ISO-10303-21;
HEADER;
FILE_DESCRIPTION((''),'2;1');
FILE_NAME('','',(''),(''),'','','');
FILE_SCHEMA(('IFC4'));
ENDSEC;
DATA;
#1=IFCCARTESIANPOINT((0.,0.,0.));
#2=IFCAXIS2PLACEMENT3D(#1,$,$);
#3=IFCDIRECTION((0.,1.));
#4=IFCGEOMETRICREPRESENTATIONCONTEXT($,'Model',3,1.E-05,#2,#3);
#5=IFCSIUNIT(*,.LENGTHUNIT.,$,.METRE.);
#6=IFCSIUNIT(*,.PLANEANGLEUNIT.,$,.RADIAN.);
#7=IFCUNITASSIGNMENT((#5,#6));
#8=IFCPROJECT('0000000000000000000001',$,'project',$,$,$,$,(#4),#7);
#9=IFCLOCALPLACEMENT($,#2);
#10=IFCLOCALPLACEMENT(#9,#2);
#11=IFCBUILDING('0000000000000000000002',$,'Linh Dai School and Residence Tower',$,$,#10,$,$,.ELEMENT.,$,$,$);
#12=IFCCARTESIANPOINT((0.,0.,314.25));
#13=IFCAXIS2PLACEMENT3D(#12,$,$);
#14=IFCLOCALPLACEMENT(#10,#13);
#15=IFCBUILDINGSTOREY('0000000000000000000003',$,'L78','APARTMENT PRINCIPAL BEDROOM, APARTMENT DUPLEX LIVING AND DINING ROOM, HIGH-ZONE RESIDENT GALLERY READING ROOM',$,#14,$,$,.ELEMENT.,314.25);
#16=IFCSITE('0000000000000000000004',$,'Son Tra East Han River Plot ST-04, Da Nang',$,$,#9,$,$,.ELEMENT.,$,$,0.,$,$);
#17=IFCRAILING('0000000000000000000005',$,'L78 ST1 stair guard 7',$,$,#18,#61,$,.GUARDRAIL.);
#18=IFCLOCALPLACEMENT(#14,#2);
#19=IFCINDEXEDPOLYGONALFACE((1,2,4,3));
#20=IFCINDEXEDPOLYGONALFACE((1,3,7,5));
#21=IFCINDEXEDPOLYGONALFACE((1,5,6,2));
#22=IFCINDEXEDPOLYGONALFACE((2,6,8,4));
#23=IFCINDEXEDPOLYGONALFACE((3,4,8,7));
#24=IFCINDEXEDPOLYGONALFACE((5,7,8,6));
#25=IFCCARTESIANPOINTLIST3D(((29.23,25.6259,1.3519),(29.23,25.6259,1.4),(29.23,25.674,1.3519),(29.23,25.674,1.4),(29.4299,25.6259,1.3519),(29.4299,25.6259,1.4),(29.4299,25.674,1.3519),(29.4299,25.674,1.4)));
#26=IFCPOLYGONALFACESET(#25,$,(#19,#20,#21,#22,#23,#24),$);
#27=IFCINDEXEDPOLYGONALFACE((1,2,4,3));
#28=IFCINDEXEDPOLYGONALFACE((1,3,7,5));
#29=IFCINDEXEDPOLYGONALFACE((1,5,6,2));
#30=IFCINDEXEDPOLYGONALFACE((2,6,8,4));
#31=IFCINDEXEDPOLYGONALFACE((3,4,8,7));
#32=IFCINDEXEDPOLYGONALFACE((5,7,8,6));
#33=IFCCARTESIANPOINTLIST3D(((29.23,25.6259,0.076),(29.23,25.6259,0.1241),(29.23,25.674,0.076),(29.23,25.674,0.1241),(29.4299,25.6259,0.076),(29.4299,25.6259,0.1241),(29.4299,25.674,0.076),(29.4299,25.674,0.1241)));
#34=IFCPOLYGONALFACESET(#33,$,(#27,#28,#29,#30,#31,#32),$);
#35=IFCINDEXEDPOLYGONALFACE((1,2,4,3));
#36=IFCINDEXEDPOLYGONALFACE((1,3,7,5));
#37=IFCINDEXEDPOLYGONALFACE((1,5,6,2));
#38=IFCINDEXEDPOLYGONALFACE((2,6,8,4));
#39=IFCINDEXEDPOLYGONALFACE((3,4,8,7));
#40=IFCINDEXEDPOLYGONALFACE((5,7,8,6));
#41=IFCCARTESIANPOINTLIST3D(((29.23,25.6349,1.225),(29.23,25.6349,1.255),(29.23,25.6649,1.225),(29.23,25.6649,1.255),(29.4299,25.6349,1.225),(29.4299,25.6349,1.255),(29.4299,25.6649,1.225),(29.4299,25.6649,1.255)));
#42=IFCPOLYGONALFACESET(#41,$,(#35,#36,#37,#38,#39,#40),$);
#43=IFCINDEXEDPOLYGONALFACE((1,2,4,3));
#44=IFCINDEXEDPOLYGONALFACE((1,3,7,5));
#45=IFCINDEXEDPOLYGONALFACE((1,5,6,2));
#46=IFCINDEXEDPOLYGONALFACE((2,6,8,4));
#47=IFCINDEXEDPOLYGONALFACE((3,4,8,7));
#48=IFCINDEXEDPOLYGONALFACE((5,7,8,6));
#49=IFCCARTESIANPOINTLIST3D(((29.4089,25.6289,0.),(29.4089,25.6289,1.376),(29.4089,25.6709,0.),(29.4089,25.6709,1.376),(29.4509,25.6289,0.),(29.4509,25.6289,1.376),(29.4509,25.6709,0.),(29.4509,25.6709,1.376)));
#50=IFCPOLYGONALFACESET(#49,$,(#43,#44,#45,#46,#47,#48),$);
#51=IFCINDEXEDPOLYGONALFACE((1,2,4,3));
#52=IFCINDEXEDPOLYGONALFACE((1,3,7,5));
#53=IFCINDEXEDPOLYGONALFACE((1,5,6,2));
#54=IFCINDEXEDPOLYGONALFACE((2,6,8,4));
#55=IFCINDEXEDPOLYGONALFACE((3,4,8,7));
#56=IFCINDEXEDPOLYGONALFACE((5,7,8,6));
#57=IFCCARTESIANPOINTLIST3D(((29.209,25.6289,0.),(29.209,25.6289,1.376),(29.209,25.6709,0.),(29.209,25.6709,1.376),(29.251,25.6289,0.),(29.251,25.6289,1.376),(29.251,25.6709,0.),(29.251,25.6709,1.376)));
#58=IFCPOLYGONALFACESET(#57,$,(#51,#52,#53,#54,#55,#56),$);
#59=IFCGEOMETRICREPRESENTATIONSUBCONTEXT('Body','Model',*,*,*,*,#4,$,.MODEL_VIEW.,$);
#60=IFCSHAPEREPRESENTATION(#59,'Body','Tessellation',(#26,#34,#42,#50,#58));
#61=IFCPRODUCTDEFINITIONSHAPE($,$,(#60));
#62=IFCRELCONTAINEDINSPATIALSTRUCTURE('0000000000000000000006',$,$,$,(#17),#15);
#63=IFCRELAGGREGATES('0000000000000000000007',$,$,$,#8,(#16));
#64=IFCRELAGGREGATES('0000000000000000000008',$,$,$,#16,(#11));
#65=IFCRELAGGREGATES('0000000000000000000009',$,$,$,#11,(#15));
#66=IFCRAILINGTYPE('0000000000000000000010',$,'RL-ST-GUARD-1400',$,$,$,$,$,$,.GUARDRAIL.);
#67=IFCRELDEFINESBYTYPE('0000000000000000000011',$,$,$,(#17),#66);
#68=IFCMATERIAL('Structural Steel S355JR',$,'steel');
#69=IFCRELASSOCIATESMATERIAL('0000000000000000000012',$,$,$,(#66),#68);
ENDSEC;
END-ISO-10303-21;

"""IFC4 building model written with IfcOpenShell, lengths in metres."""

from ifc_helpers import new_model, si_unit, direction, frame, origin, origin_2d, place, context, subcontext, project, spatial, rectangle, extrude, source, transform, mapped, material, type_object, element, save


model = new_model("IFC4")

# Units and contexts
model_context = context("Model", 3, precision=1e-05, world=origin(), true_north=direction((0.0, 1.0)))
body_context = subcontext(model_context, "Body", "Model", "MODEL_VIEW")
ifc_project = project(units=[si_unit("LENGTHUNIT", "METRE"), si_unit("PLANEANGLEUNIT", "RADIAN")], contexts=[model_context])

# Site, building, storey
site_placement = place(None, origin())
site = spatial("IfcSite", under=ifc_project, at=site_placement, Name="Son Tra East Han River Plot ST-04, Da Nang", CompositionType="ELEMENT", RefElevation=0.0)
building_placement = place(site_placement, origin())
building = spatial("IfcBuilding", under=site, at=building_placement, Name="Linh Dai School and Residence Tower", CompositionType="ELEMENT")
storey_placement = place(building_placement, frame((0.0, 0.0, 314.25)))
storey = spatial("IfcBuildingStorey", under=building, at=storey_placement, Name="L78", Description="APARTMENT PRINCIPAL BEDROOM, APARTMENT DUPLEX LIVING AND DINING ROOM, HIGH-ZONE RESIDENT GALLERY READING ROOM", CompositionType="ELEMENT", Elevation=314.25)

# Shared definitions
ifc_material_1 = material(Name="Structural Steel S355JR", Category="steel")

# Railing
railing_type_1 = type_object("IfcRailingType", Name="RL-ST-GUARD-1400", PredefinedType="GUARDRAIL", material=ifc_material_1)
shared_shape_1 = source(origin(), body_context, "Body", "SweptSolid", [
    extrude(rectangle(XDim=0.0481, YDim=0.0481, at=origin_2d()), frame((0.0, 0.0, 1.376), z_axis=(-1.0, 0.0, 0.0), x_axis=(0.0, -1.0, 0.0)), (0.0, 0.0, 1.0), 0.2),
    extrude(rectangle(XDim=0.0481, YDim=0.0481, at=origin_2d()), frame((0.0, 0.0, 0.1001), z_axis=(-1.0, 0.0, 0.0), x_axis=(0.0, -1.0, 0.0)), (0.0, 0.0, 1.0), 0.2),
    extrude(rectangle(XDim=0.03, YDim=0.03, at=origin_2d()), frame((0.0, 0.0, 1.24), z_axis=(-1.0, 0.0, 0.0), x_axis=(0.0, -1.0, 0.0)), (0.0, 0.0, 1.0), 0.2),
    extrude(rectangle(XDim=0.042, YDim=0.042, at=origin_2d()), origin(), (0.0, 0.0, 1.0), 1.376),
    extrude(rectangle(XDim=0.042, YDim=0.042, at=origin_2d()), frame((-0.2, 0.0, 0.0)), (0.0, 0.0, 1.0), 1.376),
])
railing_1_placement = place(storey_placement, frame((29.4299, 25.6499, 0.0)))
element("IfcRailing", 1, at=railing_1_placement, inside=storey, type_object=railing_type_1, Name="L78 ST1 stair guard 7", PredefinedType="GUARDRAIL", context=body_context, shape_type="MappedRepresentation", body=[
    mapped(shared_shape_1, transform((0.0, 0.0, 0.0), x_axis=(1.0, 0.0, 0.0), y_axis=(0.0, 1.0, 0.0), z_axis=(0.0, 0.0, 1.0), scale=1.0)),
])

save(model, "model.ifc")
